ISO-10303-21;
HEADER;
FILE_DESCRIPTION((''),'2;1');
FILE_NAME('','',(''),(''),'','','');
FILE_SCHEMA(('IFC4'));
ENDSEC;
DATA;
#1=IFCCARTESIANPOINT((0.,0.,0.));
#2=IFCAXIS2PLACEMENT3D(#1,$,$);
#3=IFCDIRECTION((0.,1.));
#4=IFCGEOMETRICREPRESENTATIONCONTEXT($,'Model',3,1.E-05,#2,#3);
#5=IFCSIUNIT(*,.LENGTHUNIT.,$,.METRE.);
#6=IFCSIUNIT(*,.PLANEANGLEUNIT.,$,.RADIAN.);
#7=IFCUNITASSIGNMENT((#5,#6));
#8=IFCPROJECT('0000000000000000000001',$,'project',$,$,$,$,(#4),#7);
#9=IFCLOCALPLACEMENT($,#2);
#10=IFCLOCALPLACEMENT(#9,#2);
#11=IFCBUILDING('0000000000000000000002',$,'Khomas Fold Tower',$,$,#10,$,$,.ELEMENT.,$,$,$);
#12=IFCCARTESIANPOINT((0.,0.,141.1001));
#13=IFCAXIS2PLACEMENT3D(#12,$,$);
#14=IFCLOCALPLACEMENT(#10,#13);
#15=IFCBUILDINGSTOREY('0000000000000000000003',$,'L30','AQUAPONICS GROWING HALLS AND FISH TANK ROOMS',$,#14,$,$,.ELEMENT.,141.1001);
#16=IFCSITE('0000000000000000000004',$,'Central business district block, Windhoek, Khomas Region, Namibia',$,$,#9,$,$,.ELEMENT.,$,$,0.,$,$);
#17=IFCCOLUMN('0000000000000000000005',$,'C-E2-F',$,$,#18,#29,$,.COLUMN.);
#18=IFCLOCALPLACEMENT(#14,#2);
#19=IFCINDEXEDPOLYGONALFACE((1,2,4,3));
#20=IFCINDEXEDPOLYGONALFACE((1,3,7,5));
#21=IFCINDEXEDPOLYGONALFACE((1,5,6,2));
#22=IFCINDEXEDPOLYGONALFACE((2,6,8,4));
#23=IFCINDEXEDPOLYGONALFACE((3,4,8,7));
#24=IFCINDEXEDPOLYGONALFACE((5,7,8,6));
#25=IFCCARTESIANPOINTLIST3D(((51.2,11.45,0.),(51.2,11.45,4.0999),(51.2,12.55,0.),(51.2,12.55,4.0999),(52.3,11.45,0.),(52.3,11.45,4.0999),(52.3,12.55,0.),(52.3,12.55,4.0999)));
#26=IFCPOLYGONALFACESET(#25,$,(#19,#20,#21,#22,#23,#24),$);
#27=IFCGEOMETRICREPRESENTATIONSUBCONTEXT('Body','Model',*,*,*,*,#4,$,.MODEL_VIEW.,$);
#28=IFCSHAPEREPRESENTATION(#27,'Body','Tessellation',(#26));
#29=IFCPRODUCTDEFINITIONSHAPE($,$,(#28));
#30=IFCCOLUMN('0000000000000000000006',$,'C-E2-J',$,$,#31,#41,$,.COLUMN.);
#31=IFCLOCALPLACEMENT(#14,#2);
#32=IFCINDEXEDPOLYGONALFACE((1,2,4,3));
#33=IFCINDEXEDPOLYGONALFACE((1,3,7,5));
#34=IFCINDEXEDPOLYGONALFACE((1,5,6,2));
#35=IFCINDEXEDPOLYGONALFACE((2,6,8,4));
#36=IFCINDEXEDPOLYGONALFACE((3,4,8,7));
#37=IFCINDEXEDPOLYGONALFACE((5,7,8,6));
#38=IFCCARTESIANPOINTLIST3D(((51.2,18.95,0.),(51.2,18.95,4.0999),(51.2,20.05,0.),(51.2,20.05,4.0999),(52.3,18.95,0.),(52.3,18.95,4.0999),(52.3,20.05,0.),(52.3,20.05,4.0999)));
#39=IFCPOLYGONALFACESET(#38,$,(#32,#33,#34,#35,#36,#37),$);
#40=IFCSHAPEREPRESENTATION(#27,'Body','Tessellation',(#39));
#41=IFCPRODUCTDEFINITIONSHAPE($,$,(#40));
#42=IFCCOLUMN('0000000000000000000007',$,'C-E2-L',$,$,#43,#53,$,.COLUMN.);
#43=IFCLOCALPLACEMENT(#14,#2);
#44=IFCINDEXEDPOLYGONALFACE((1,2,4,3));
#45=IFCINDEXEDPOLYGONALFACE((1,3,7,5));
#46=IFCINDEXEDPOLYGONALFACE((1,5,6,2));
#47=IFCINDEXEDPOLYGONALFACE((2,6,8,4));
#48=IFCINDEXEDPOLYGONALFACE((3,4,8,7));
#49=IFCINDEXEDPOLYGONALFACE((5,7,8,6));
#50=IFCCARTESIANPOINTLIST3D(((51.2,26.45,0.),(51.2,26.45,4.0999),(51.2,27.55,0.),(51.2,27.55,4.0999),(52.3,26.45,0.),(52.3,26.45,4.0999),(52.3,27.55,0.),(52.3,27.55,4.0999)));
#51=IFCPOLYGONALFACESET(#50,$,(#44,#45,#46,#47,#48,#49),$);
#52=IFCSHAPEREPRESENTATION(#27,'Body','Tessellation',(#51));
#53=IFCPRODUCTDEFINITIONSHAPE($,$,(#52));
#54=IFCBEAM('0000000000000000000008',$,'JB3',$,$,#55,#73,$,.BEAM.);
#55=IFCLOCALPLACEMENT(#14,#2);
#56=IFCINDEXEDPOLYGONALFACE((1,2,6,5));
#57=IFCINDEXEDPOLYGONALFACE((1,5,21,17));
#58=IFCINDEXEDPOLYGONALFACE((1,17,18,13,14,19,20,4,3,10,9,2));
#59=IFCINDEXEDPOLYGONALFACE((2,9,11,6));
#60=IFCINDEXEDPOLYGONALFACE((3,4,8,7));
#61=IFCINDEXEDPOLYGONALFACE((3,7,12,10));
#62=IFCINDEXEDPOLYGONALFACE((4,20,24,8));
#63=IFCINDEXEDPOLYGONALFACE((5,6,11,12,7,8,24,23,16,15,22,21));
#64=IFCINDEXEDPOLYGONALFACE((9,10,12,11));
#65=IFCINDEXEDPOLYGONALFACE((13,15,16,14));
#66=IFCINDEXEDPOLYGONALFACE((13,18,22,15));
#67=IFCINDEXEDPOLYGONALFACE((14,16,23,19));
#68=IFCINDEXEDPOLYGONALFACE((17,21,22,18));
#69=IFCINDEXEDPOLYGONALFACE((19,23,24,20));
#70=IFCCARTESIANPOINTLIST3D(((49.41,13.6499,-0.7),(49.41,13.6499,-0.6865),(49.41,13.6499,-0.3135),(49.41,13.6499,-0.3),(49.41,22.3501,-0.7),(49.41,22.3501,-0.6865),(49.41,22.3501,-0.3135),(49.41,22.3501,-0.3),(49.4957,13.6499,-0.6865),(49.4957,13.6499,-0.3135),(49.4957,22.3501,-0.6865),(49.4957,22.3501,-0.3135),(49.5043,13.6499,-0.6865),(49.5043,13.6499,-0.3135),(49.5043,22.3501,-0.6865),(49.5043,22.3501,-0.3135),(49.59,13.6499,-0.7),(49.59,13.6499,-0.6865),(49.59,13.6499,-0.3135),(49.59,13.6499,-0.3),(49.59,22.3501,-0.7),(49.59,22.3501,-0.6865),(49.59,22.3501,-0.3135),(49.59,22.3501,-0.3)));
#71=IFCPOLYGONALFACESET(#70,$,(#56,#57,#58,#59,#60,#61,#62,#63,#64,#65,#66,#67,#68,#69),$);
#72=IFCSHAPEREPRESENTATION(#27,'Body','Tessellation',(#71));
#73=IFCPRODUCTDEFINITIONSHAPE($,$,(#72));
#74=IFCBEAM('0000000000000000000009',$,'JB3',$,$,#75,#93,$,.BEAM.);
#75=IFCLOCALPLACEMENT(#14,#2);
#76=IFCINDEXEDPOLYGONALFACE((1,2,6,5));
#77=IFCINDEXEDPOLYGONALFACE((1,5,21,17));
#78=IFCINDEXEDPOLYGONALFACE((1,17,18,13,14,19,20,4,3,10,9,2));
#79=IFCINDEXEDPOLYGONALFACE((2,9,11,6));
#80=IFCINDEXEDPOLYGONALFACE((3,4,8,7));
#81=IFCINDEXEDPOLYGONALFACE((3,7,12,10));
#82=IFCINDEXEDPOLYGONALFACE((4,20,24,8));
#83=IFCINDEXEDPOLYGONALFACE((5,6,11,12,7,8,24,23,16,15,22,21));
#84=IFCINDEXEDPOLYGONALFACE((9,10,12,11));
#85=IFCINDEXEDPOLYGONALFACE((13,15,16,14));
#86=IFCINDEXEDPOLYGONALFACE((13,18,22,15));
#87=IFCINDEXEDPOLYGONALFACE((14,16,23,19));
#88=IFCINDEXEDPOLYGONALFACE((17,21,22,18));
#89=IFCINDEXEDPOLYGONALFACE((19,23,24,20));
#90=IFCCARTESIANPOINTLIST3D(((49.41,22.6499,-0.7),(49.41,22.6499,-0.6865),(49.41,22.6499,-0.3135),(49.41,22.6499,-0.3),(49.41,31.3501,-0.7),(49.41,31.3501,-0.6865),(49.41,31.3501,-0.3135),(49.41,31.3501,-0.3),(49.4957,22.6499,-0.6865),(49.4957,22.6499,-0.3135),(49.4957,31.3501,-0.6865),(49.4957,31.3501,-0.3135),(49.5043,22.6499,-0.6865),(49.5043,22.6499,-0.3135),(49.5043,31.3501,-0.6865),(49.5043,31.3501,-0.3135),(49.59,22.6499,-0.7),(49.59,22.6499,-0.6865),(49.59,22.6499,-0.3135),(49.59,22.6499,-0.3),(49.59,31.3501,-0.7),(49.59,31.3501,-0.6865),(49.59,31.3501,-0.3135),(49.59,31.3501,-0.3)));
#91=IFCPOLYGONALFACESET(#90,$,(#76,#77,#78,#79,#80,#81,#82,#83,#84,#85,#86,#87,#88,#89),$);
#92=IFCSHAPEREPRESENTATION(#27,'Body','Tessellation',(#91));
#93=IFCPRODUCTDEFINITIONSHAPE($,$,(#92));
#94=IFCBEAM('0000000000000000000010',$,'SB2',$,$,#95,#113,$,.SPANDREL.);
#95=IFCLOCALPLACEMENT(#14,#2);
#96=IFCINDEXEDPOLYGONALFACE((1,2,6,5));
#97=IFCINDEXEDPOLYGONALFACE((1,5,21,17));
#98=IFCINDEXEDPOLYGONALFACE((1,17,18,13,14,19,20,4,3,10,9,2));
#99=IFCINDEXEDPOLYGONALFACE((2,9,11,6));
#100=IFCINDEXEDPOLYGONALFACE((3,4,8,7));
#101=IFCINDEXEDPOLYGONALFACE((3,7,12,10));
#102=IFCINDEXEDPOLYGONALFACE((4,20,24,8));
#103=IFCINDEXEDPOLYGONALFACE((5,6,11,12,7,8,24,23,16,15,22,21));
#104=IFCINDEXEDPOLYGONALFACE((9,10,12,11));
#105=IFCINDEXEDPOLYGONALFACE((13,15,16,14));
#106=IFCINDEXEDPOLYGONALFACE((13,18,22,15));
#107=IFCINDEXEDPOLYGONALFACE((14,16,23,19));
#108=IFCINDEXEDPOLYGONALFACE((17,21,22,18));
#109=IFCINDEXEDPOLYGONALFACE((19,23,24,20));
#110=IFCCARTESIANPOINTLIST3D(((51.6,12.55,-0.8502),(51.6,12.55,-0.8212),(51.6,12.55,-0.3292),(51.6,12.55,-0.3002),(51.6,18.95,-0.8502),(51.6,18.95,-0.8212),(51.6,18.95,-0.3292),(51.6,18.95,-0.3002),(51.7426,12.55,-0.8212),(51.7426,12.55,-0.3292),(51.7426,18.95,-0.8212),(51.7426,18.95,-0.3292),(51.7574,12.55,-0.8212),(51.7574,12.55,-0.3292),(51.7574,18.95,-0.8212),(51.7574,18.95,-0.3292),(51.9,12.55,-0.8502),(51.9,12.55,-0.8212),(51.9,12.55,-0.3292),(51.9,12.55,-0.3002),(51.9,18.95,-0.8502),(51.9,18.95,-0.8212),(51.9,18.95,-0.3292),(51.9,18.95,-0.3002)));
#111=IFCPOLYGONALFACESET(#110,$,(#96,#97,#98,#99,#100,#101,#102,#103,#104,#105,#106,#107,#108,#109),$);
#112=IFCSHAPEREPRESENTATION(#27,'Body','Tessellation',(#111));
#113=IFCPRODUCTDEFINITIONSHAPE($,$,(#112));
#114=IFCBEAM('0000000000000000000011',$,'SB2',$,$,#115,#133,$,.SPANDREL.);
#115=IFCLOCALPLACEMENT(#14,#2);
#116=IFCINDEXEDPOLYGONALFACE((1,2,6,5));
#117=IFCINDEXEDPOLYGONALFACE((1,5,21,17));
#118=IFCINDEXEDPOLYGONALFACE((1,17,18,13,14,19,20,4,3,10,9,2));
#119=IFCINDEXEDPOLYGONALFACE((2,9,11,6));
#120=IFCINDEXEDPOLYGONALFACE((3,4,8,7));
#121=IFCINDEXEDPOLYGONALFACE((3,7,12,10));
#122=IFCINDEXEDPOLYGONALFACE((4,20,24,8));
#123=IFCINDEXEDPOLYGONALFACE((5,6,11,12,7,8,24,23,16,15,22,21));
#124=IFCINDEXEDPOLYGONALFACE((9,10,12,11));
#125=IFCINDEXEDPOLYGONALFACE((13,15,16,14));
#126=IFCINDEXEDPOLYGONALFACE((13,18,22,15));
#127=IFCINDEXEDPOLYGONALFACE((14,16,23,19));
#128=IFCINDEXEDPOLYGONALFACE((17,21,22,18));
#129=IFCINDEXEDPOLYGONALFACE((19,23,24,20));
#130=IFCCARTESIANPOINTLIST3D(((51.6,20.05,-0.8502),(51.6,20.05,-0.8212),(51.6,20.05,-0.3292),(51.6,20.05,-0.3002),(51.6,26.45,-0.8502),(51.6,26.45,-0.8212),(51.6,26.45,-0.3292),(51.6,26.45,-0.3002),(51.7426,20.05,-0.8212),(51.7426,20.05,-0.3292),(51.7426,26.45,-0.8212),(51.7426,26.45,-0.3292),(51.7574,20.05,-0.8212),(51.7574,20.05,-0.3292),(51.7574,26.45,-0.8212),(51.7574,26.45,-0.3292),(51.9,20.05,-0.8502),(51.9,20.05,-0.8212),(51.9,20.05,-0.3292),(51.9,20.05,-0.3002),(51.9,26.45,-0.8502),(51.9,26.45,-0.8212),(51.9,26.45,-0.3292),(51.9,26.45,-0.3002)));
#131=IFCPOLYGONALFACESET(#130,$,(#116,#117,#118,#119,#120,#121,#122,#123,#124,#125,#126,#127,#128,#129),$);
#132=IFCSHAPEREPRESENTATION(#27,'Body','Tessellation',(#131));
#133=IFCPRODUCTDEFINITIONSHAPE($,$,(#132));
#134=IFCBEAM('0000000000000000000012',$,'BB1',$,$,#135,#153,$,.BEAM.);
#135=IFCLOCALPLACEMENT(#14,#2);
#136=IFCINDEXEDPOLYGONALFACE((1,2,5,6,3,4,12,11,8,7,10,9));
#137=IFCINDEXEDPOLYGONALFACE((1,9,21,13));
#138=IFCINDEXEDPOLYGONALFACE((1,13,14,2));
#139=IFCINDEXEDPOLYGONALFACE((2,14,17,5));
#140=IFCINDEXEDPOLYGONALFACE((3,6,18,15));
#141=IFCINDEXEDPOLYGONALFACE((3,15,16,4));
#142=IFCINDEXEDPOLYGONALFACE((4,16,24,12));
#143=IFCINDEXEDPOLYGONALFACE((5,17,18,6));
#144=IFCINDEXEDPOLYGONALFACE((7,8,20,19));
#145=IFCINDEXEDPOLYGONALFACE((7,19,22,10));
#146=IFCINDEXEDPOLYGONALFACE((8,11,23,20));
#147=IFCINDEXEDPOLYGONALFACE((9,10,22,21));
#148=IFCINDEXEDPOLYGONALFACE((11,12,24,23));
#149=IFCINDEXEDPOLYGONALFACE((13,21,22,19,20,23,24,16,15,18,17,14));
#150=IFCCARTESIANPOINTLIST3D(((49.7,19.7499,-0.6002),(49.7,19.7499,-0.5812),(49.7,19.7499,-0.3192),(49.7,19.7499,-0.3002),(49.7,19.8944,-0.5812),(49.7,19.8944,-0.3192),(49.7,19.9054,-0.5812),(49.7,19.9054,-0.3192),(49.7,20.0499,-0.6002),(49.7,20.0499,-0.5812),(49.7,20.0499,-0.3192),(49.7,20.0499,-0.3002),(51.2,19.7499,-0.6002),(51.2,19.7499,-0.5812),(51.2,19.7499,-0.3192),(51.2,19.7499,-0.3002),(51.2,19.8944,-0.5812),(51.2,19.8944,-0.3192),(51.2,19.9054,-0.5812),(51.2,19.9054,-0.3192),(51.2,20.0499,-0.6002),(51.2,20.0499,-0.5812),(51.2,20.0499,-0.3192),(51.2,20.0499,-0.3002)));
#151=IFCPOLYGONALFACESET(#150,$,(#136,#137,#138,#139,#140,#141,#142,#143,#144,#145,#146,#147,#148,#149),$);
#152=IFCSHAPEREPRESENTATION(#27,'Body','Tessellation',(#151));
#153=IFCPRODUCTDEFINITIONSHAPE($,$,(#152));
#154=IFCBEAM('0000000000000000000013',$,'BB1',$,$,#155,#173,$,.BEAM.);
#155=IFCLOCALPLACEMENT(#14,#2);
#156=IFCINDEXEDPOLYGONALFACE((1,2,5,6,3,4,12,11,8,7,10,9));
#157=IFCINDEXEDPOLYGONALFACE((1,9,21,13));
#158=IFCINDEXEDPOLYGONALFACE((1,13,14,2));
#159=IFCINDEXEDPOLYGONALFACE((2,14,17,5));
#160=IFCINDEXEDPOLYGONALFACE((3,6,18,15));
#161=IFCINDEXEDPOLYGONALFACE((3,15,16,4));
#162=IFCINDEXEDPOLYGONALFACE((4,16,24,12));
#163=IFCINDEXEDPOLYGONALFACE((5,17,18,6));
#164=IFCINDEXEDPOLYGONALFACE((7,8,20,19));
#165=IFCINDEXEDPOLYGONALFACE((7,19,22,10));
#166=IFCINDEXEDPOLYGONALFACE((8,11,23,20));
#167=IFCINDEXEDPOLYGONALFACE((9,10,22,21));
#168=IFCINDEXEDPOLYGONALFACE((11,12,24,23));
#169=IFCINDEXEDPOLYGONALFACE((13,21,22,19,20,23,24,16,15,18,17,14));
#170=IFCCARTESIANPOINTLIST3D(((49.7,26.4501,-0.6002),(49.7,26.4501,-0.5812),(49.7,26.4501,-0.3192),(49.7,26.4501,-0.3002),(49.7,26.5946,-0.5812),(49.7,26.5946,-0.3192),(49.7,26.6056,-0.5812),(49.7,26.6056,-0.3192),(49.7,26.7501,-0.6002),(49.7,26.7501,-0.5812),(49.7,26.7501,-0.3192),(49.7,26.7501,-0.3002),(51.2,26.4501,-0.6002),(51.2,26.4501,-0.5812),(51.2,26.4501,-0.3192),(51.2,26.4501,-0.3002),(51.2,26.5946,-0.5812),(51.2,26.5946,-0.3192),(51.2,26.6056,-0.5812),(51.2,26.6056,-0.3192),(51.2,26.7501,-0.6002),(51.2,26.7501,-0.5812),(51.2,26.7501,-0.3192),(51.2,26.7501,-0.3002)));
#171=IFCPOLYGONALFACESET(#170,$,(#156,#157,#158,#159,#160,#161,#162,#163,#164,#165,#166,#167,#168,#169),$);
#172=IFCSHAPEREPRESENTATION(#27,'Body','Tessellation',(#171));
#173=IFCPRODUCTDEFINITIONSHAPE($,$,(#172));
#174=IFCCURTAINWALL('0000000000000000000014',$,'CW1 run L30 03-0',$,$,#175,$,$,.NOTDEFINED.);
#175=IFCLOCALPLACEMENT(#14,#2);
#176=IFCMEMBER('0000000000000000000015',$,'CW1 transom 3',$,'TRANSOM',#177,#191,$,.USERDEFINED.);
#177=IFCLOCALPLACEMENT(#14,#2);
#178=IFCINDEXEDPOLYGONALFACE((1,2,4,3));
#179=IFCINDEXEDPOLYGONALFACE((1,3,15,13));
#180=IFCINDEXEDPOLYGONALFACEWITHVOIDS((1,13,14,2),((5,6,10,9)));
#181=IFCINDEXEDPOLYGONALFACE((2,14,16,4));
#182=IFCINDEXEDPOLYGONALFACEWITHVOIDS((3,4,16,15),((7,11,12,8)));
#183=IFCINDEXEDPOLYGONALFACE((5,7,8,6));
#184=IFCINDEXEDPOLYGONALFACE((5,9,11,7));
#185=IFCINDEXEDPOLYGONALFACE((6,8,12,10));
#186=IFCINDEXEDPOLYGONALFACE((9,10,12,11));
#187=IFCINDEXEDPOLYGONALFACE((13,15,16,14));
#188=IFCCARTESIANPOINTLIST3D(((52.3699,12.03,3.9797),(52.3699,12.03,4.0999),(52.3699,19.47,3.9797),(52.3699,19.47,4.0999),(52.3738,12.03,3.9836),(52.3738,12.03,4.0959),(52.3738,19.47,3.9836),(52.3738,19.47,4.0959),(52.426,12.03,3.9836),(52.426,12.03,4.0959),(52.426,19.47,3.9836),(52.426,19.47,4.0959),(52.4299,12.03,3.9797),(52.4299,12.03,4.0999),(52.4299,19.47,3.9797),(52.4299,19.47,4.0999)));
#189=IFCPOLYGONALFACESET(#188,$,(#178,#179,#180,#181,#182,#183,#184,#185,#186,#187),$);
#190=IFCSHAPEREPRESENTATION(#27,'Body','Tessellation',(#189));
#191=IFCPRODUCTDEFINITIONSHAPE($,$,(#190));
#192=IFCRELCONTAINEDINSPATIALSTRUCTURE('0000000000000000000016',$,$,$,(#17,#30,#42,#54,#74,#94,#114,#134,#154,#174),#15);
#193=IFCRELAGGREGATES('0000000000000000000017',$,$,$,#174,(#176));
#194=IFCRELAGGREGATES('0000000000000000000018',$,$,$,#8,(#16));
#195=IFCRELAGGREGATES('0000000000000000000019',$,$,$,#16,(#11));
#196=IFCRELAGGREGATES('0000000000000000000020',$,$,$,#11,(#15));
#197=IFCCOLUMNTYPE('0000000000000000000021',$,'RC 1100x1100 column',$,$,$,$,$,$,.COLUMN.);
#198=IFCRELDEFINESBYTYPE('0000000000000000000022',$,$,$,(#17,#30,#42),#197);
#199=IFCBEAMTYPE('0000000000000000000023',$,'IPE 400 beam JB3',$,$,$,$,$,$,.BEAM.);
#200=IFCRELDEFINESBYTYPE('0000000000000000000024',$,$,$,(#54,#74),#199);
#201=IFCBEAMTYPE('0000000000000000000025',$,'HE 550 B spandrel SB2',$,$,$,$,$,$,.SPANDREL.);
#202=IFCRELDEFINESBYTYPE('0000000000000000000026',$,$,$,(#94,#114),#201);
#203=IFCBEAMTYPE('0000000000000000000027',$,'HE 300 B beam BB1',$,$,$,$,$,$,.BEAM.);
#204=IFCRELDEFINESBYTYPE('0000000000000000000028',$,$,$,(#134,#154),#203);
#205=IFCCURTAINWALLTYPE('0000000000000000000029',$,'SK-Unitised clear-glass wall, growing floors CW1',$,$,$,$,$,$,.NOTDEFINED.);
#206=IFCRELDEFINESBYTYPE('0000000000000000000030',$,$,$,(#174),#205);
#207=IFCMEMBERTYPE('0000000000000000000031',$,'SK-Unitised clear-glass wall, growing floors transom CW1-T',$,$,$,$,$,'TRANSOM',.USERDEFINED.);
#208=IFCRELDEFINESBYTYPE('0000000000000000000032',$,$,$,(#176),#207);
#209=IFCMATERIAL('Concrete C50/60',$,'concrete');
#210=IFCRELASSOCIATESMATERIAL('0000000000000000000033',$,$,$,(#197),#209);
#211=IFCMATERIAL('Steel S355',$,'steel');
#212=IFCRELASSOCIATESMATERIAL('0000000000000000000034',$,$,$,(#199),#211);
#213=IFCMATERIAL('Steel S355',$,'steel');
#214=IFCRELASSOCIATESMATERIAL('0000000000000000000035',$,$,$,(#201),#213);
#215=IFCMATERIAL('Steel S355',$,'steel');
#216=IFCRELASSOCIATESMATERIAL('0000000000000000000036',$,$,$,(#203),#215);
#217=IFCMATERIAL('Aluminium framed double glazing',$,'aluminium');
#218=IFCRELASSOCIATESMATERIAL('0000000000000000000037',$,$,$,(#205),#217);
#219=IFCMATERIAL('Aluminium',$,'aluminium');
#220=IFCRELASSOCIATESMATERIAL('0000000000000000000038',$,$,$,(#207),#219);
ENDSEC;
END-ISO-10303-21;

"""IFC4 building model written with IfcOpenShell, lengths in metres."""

from ifc_helpers import new_model, si_unit, direction, frame, origin, origin_2d, place, context, subcontext, project, spatial, rectangle, hollow_rectangle, i_section, extrude, source, transform, mapped, material, material_profile, profile_set, type_object, element, aggregate, save


model = new_model("IFC4")

# Units and contexts
model_context = context("Model", 3, precision=1e-05, world=origin(), true_north=direction((0.0, 1.0)))
body_context = subcontext(model_context, "Body", "Model", "MODEL_VIEW")
ifc_project = project(units=[si_unit("LENGTHUNIT", "METRE"), si_unit("PLANEANGLEUNIT", "RADIAN")], contexts=[model_context])

# Site, building, storey
site_placement = place(None, origin())
site = spatial("IfcSite", under=ifc_project, at=site_placement, Name="Central business district block, Windhoek, Khomas Region, Namibia", CompositionType="ELEMENT", RefElevation=0.0)
building_placement = place(site_placement, origin())
building = spatial("IfcBuilding", under=site, at=building_placement, Name="Khomas Fold Tower", CompositionType="ELEMENT")
storey_placement = place(building_placement, frame((0.0, 0.0, 141.1001)))
storey = spatial("IfcBuildingStorey", under=building, at=storey_placement, Name="L30", Description="AQUAPONICS GROWING HALLS AND FISH TANK ROOMS", CompositionType="ELEMENT", Elevation=141.1001)

# Columns
ifc_material_1 = material(Name="Concrete C50/60", Category="concrete")
ifc_material_profile_1 = material_profile(ifc_material_1, rectangle(XDim=1.1001, YDim=1.1001, at=origin_2d()), Name="RC 1100x1100")
ifc_profile_set_1 = profile_set([ifc_material_profile_1], Name="Concrete C50/60")
column_type = type_object("IfcColumnType", Name="RC 1100x1100 column", PredefinedType="COLUMN", material=ifc_profile_set_1)
shared_shape_1 = source(origin(), body_context, "Body", "SweptSolid", [
    extrude(rectangle(XDim=1.1001, YDim=1.1001, at=origin_2d()), origin(), (0.0, 0.0, 1.0), 4.0999),
])
for number, where, z_axis, x_axis, name in (
    (1, (51.75, 12.0, 0.0), (0.0, 0.0, 1.0), (1.0, 0.0, 0.0), "C-E2-F"),
    (2, (51.75, 19.5, 0.0), (0.0, 0.0, 1.0), (1.0, 0.0, 0.0), "C-E2-J"),
    (3, (51.75, 27.0, 0.0), (0.0, 0.0, 1.0), (1.0, 0.0, 0.0), "C-E2-L"),
):
    element("IfcColumn", number, at=place(storey_placement, frame(where, z_axis=z_axis, x_axis=x_axis)), inside=storey, type_object=column_type, Name=name, PredefinedType="COLUMN", context=body_context, shape_type="MappedRepresentation", body=[
        mapped(shared_shape_1, transform((0.0, 0.0, 0.0))),
    ])

# Beams
ifc_material_2 = material(Name="Steel S355", Category="steel")
ifc_material_profile_2 = material_profile(ifc_material_2, i_section(OverallWidth=0.1799, OverallDepth=0.3999, WebThickness=0.0085, FlangeThickness=0.0134, at=origin_2d()), Name="IPE 400")
ifc_profile_set_2 = profile_set([ifc_material_profile_2], Name="Steel S355")
beam_type_1 = type_object("IfcBeamType", Name="IPE 400 beam JB3", PredefinedType="BEAM", material=ifc_profile_set_2)
shared_shape_2 = source(origin(), body_context, "Body", "SweptSolid", [
    extrude(i_section(OverallWidth=0.1799, OverallDepth=0.3999, WebThickness=0.0085, FlangeThickness=0.0134, at=origin_2d()), origin(), (0.0, 0.0, 1.0), 8.7002),
])
for number, where, z_axis, x_axis, name in (
    (4, (49.5, 13.6499, -0.5), (0.0, 1.0, 0.0), (-1.0, 0.0, 0.0), "JB3"),
    (5, (49.5, 22.6499, -0.5), (0.0, 1.0, 0.0), (-1.0, 0.0, 0.0), "JB3"),
):
    element("IfcBeam", number, at=place(storey_placement, frame(where, z_axis=z_axis, x_axis=x_axis)), inside=storey, type_object=beam_type_1, Name=name, PredefinedType="BEAM", context=body_context, shape_type="MappedRepresentation", body=[
        mapped(shared_shape_2, transform((0.0, 0.0, 0.0))),
    ])
ifc_material_3 = material(Name="Steel S355", Category="steel")
ifc_material_profile_3 = material_profile(ifc_material_3, i_section(OverallWidth=0.3, OverallDepth=0.55, WebThickness=0.0149, FlangeThickness=0.0291, at=origin_2d()), Name="HE 550 B")
ifc_profile_set_3 = profile_set([ifc_material_profile_3], Name="Steel S355")
beam_type_2 = type_object("IfcBeamType", Name="HE 550 B spandrel SB2", PredefinedType="SPANDREL", material=ifc_profile_set_3)
shared_shape_3 = source(origin(), body_context, "Body", "SweptSolid", [
    extrude(i_section(OverallWidth=0.3, OverallDepth=0.55, WebThickness=0.0149, FlangeThickness=0.0291, at=origin_2d()), origin(), (0.0, 0.0, 1.0), 6.3999),
])
for number, where, z_axis, x_axis, name in (
    (6, (51.75, 12.55, -0.5752), (0.0, 1.0, 0.0), (-1.0, 0.0, 0.0), "SB2"),
    (7, (51.75, 20.05, -0.5752), (0.0, 1.0, 0.0), (-1.0, 0.0, 0.0), "SB2"),
):
    element("IfcBeam", number, at=place(storey_placement, frame(where, z_axis=z_axis, x_axis=x_axis)), inside=storey, type_object=beam_type_2, Name=name, PredefinedType="SPANDREL", context=body_context, shape_type="MappedRepresentation", body=[
        mapped(shared_shape_3, transform((0.0, 0.0, 0.0))),
    ])
ifc_material_4 = material(Name="Steel S355", Category="steel")
ifc_material_profile_4 = material_profile(ifc_material_4, i_section(OverallWidth=0.3, OverallDepth=0.3, WebThickness=0.011, FlangeThickness=0.019, at=origin_2d()), Name="HE 300 B")
ifc_profile_set_4 = profile_set([ifc_material_profile_4], Name="Steel S355")
beam_type_3 = type_object("IfcBeamType", Name="HE 300 B beam BB1", PredefinedType="BEAM", material=ifc_profile_set_4)
shared_shape_4 = source(origin(), body_context, "Body", "SweptSolid", [
    extrude(i_section(OverallWidth=0.3, OverallDepth=0.3, WebThickness=0.011, FlangeThickness=0.019, at=origin_2d()), origin(), (0.0, 0.0, 1.0), 1.5),
])
for number, where, z_axis, x_axis, name in (
    (8, (49.7, 19.8999, -0.4502), (1.0, 0.0, 0.0), (0.0, 1.0, 0.0), "BB1"),
    (9, (49.7, 26.6001, -0.4502), (1.0, 0.0, 0.0), (0.0, 1.0, 0.0), "BB1"),
):
    element("IfcBeam", number, at=place(storey_placement, frame(where, z_axis=z_axis, x_axis=x_axis)), inside=storey, type_object=beam_type_3, Name=name, PredefinedType="BEAM", context=body_context, shape_type="MappedRepresentation", body=[
        mapped(shared_shape_4, transform((0.0, 0.0, 0.0))),
    ])

# Curtain wall, member
ifc_material_5 = material(Name="Aluminium framed double glazing", Category="aluminium")
curtain_wall_type = type_object("IfcCurtainWallType", Name="SK-Unitised clear-glass wall, growing floors CW1", PredefinedType="NOTDEFINED", material=ifc_material_5)
curtain_wall_1_placement = place(storey_placement, origin())
curtain_wall_1 = element("IfcCurtainWall", 10, at=curtain_wall_1_placement, inside=storey, type_object=curtain_wall_type, Name="CW1 run L30 03-0", PredefinedType="NOTDEFINED")
ifc_material_6 = material(Name="Aluminium", Category="aluminium")
ifc_material_profile_5 = material_profile(ifc_material_6, hollow_rectangle(XDim=0.0601, YDim=0.1201, WallThickness=0.0039, at=origin_2d()), Name="SK-Unitised clear-glass wall, growing floors transom CW1-T")
ifc_profile_set_5 = profile_set([ifc_material_profile_5], Name="Aluminium")
member_type_1 = type_object("IfcMemberType", Name="SK-Unitised clear-glass wall, growing floors transom CW1-T", ElementType="TRANSOM", PredefinedType="USERDEFINED", material=ifc_profile_set_5)
shared_shape_5 = source(origin(), body_context, "Body", "SweptSolid", [
    extrude(hollow_rectangle(XDim=0.0601, YDim=0.1201, WallThickness=0.0039, at=origin_2d()), origin(), (0.0, 0.0, 1.0), 7.4399),
])
member_1_placement = place(storey_placement, frame((52.3999, 12.03, 4.0398), z_axis=(0.0, 1.0, 0.0), x_axis=(-1.0, 0.0, 0.0)))
member_1 = element("IfcMember", 11, at=member_1_placement, type_object=member_type_1, Name="CW1 transom 3", ObjectType="TRANSOM", PredefinedType="USERDEFINED", context=body_context, shape_type="MappedRepresentation", body=[
    mapped(shared_shape_5, transform((0.0, 0.0, 0.0))),
])

aggregate(curtain_wall_1, [member_1])

save(model, "model.ifc")
